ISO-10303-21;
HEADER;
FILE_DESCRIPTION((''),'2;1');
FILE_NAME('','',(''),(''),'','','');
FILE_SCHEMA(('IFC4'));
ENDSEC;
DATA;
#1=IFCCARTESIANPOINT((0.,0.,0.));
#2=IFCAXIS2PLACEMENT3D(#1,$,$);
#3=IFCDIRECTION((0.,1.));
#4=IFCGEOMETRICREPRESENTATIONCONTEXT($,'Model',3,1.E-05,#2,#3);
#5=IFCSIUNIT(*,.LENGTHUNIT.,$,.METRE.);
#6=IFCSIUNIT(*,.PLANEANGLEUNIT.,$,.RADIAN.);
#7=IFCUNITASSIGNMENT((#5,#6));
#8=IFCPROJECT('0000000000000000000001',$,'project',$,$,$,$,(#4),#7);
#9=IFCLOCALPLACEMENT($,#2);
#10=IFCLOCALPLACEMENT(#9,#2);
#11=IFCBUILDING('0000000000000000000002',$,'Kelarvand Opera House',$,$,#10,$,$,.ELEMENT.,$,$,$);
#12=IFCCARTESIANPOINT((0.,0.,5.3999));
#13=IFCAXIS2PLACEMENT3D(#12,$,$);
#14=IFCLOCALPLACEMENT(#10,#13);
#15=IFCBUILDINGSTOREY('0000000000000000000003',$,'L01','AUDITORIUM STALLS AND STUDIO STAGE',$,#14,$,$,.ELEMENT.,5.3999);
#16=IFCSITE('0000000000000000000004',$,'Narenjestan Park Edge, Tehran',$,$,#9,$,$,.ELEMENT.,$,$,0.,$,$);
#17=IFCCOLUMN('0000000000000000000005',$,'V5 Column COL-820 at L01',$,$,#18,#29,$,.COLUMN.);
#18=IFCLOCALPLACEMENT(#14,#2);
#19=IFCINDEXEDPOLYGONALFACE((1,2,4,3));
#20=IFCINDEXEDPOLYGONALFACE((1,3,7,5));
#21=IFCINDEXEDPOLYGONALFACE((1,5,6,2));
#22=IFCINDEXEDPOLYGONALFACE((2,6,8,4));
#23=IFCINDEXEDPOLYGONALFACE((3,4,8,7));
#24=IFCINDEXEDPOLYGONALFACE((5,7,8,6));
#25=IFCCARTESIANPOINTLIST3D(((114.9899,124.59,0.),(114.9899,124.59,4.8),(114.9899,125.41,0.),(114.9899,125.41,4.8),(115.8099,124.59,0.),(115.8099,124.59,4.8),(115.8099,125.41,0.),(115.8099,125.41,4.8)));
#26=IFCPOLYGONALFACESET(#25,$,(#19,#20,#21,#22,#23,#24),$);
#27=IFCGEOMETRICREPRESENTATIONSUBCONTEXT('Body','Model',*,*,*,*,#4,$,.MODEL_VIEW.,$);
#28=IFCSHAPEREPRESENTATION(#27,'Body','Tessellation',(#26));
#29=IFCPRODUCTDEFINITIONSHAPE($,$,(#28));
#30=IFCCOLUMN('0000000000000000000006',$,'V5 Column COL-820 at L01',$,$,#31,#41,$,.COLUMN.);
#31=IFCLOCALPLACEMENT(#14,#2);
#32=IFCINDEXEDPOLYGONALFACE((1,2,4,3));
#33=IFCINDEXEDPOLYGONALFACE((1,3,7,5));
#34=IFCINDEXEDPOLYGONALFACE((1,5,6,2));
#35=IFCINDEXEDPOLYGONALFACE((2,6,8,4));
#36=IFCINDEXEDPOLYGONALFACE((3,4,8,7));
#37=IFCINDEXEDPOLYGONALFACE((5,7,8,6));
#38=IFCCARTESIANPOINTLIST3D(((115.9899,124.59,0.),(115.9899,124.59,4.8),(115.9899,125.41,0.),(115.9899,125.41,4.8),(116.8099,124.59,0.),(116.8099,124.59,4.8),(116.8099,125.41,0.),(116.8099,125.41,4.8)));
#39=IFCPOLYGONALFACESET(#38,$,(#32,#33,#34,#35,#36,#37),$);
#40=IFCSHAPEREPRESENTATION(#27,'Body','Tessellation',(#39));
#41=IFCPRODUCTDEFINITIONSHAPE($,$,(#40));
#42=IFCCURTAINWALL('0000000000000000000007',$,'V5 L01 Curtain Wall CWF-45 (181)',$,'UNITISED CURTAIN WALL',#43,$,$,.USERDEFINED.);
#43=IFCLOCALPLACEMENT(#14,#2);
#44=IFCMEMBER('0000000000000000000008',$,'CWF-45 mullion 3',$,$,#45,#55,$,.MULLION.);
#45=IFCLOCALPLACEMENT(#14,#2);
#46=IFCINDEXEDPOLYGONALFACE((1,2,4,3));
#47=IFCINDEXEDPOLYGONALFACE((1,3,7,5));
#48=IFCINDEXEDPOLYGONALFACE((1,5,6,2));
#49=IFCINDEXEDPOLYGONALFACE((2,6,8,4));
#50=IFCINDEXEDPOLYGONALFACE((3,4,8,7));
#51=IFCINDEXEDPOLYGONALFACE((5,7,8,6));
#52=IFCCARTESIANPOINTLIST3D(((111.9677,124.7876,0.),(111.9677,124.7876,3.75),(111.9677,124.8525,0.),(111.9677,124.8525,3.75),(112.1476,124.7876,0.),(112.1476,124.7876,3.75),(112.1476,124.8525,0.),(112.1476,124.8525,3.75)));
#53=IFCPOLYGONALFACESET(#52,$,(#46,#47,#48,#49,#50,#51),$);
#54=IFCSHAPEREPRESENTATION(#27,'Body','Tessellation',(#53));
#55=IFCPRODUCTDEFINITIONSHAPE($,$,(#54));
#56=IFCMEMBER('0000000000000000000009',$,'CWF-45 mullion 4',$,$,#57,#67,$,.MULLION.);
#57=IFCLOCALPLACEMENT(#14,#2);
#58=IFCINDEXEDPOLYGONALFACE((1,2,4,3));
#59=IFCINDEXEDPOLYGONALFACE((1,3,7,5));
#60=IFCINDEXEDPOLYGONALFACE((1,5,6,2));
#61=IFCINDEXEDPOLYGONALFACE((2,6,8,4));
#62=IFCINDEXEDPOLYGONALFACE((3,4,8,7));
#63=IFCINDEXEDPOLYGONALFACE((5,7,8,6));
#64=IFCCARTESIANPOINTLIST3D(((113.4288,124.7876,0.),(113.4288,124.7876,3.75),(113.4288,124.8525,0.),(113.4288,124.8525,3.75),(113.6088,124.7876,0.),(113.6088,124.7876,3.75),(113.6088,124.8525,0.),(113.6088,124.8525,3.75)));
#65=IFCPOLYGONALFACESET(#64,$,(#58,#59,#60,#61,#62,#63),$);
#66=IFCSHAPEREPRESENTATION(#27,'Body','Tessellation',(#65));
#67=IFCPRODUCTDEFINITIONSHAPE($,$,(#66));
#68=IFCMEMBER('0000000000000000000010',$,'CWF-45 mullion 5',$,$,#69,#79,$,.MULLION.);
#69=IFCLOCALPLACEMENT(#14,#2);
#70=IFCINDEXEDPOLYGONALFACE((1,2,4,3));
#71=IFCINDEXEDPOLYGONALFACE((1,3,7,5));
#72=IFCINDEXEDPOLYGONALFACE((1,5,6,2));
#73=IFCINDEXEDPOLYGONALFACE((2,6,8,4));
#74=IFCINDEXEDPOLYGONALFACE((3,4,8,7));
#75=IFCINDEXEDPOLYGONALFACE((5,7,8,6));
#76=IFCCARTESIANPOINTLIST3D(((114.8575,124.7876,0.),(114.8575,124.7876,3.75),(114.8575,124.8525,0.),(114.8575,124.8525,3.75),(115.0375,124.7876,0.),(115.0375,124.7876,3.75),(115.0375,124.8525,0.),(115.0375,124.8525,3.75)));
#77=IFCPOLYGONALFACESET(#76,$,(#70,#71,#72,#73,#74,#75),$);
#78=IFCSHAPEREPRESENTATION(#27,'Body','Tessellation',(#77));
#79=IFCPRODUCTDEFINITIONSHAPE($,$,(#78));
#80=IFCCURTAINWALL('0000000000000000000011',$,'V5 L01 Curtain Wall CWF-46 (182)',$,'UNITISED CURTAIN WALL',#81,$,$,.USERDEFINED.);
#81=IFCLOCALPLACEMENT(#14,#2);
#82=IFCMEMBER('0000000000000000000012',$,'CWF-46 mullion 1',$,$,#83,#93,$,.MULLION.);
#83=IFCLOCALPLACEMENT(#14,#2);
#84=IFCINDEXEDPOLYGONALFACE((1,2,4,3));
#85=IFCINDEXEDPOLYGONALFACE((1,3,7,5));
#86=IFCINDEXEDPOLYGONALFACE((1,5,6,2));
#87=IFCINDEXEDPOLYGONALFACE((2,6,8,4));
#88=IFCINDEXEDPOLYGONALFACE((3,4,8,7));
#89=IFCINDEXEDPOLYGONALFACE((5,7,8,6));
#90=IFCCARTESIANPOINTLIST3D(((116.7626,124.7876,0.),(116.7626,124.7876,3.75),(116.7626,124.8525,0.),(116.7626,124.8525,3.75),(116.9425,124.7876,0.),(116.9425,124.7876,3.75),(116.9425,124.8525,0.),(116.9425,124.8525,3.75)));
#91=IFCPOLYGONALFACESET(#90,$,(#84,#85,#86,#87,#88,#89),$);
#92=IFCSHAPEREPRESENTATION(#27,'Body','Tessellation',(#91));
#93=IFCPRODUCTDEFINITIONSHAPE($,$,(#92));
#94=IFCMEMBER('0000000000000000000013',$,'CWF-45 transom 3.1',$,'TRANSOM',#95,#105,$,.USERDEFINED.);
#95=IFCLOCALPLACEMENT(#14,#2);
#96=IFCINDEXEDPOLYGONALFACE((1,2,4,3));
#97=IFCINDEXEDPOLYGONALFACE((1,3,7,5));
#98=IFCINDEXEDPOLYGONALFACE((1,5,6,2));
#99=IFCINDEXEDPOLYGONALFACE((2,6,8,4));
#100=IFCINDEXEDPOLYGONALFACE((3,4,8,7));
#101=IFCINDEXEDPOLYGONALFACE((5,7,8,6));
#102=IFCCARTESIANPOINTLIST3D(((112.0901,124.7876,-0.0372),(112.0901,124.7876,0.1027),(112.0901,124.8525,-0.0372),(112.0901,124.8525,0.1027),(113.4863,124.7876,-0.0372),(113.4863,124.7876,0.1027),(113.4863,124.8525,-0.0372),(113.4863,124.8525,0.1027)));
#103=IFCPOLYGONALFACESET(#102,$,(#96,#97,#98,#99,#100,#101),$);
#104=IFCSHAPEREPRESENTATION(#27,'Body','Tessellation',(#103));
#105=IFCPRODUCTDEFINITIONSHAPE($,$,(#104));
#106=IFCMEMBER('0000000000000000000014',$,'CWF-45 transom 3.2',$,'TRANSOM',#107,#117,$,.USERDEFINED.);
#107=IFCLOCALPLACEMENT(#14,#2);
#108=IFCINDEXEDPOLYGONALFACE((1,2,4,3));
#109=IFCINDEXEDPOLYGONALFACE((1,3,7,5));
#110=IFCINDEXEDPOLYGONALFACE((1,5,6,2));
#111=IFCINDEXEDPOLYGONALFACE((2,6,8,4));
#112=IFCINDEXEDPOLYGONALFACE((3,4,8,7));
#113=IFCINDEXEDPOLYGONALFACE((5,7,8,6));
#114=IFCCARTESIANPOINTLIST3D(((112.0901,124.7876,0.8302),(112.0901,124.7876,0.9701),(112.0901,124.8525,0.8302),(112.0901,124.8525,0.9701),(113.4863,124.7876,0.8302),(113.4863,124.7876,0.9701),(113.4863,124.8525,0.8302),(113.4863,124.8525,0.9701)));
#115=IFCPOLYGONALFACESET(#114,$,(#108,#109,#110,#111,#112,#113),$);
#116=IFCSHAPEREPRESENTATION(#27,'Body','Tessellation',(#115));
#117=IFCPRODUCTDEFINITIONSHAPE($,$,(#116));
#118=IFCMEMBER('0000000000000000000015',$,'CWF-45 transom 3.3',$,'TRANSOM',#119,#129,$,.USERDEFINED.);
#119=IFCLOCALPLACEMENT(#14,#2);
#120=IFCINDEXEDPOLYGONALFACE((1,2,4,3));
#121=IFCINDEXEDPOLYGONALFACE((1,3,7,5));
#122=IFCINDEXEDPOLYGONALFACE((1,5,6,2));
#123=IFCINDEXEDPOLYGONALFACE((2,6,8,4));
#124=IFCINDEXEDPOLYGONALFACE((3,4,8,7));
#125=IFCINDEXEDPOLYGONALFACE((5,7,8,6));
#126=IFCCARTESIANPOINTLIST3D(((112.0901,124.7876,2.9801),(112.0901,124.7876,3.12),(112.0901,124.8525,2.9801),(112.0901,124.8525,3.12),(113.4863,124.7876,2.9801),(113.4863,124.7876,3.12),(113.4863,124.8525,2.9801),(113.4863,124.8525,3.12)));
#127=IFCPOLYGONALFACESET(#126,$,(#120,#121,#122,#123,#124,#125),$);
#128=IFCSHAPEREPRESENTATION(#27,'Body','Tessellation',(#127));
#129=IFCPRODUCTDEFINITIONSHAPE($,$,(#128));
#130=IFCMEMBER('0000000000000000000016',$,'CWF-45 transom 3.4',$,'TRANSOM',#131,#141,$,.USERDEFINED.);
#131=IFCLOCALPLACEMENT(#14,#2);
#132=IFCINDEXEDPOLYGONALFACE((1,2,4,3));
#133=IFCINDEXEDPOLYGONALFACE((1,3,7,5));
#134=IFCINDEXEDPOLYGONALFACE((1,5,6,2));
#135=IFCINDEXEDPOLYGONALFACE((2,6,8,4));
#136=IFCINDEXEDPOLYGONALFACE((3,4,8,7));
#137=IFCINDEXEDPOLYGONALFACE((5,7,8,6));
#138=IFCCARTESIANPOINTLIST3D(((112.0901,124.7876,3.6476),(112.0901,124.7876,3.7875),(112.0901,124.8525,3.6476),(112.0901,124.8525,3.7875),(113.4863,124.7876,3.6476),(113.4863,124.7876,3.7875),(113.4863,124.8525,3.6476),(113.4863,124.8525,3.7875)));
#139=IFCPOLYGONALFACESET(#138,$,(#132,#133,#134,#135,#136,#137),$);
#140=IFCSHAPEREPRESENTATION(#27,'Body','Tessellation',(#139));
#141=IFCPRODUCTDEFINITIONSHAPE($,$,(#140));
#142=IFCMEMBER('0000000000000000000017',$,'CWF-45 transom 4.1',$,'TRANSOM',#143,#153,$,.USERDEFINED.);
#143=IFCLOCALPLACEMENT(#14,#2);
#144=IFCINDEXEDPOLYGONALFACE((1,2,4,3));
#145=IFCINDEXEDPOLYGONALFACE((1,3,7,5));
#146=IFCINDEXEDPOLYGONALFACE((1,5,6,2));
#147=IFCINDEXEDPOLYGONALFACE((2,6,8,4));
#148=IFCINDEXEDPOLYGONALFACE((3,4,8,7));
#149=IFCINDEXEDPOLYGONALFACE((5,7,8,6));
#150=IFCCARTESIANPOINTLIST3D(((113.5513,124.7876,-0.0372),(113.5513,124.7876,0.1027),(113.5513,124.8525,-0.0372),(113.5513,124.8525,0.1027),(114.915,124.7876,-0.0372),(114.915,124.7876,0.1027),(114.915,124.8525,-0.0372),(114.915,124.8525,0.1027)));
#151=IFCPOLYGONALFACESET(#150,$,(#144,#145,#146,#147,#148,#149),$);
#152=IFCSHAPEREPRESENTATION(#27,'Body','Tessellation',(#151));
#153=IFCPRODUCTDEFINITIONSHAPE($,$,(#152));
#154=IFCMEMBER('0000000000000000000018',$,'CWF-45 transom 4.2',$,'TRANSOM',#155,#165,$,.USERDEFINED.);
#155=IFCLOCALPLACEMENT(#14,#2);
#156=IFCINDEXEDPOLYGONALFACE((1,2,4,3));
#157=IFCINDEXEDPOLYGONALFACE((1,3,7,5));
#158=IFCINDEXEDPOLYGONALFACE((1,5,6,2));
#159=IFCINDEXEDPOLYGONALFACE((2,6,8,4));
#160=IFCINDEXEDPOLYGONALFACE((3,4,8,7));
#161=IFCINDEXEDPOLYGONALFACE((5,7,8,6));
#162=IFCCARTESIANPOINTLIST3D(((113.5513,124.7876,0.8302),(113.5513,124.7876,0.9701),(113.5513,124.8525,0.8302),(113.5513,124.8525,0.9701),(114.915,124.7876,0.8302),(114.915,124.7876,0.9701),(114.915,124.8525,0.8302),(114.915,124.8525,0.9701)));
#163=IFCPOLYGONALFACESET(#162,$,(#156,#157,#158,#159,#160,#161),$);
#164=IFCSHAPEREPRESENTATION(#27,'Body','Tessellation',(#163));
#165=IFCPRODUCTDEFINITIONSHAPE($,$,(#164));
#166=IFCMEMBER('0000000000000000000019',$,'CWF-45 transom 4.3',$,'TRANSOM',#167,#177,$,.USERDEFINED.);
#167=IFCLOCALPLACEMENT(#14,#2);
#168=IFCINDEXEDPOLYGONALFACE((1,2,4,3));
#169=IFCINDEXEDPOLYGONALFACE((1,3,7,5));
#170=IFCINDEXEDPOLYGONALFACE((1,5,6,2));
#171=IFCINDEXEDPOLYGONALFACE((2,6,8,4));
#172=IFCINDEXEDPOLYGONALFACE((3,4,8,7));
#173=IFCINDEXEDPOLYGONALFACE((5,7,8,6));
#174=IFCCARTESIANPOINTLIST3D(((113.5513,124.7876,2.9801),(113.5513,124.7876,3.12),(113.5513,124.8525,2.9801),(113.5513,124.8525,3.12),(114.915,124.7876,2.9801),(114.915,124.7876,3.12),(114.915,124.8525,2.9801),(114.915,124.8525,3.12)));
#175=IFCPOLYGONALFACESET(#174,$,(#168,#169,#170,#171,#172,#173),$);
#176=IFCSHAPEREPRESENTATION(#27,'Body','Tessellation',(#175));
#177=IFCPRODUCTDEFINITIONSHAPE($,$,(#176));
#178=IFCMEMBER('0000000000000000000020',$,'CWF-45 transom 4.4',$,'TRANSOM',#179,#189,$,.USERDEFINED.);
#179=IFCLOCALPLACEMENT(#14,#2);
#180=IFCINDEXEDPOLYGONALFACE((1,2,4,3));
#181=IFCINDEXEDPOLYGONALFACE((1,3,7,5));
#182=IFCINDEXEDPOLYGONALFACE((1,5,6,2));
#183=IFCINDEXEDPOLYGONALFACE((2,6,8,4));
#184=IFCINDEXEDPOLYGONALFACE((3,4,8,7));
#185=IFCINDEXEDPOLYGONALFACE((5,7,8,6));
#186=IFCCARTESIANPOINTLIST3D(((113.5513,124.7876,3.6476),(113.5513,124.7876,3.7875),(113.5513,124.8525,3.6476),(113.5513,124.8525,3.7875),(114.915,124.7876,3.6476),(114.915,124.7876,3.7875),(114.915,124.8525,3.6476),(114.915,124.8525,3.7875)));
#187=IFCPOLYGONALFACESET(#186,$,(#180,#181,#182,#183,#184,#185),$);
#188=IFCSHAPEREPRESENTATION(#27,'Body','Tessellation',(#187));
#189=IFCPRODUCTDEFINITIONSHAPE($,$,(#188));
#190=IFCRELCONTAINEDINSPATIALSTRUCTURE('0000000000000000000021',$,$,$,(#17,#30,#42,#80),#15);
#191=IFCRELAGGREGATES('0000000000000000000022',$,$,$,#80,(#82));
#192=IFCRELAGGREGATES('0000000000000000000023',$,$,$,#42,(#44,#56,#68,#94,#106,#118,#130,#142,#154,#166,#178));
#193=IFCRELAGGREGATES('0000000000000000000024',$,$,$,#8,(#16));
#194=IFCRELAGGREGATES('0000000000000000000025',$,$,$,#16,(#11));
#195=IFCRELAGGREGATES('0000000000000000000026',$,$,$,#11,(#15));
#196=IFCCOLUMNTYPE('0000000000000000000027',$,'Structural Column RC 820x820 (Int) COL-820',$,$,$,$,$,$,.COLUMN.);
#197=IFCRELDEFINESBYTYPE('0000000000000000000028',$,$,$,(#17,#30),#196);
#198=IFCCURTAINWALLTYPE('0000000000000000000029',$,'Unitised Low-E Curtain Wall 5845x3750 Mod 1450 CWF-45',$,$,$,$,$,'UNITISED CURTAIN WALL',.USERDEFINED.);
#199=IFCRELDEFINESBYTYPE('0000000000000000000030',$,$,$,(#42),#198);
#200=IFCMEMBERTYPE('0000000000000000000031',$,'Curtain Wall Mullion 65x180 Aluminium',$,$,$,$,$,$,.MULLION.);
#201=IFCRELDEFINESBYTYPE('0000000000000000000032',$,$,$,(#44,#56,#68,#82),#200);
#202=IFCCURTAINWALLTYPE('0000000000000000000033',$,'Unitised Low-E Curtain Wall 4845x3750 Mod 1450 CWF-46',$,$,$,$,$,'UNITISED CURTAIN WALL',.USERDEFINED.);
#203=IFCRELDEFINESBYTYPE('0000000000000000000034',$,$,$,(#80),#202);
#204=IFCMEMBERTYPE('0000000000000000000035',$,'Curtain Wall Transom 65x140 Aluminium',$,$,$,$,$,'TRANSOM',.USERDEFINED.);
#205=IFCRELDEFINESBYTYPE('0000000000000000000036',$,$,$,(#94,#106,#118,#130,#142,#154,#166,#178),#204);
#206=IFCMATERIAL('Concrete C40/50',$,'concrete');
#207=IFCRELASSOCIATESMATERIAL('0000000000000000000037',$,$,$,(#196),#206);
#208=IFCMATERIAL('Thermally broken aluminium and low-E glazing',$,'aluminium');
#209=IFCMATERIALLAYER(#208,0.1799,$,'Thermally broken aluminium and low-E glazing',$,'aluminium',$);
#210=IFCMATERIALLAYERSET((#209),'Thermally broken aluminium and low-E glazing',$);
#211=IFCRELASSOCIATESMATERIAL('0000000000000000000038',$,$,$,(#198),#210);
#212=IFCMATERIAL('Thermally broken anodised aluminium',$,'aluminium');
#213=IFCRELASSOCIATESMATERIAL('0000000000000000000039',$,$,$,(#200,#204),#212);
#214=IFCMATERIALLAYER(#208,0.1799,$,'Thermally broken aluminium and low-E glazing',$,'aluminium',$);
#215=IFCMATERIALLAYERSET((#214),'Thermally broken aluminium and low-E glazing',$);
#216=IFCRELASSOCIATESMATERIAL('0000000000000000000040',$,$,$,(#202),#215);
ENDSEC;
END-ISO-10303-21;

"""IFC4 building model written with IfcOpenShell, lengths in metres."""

from ifc_helpers import new_model, si_unit, direction, frame, origin, origin_2d, place, context, subcontext, project, spatial, rectangle, extrude, material, layer, layer_set, material_profile, profile_set, type_object, element, aggregate, save


model = new_model("IFC4")

# Units and contexts
model_context = context("Model", 3, precision=1e-05, world=origin(), true_north=direction((0.0, 1.0)))
body_context = subcontext(model_context, "Body", "Model", "MODEL_VIEW")
ifc_project = project(units=[si_unit("LENGTHUNIT", "METRE"), si_unit("PLANEANGLEUNIT", "RADIAN")], contexts=[model_context])

# Site, building, storey
site_placement = place(None, origin())
site = spatial("IfcSite", under=ifc_project, at=site_placement, Name="Narenjestan Park Edge, Tehran", CompositionType="ELEMENT", RefElevation=0.0)
building_placement = place(site_placement, origin())
building = spatial("IfcBuilding", under=site, at=building_placement, Name="Kelarvand Opera House", CompositionType="ELEMENT")
storey_placement = place(building_placement, frame((0.0, 0.0, 5.3999)))
storey = spatial("IfcBuildingStorey", under=building, at=storey_placement, Name="L01", Description="AUDITORIUM STALLS AND STUDIO STAGE", CompositionType="ELEMENT", Elevation=5.3999)

# Columns
ifc_material_1 = material(Name="Concrete C40/50", Category="concrete")
ifc_material_profile_1 = material_profile(ifc_material_1, rectangle(XDim=0.8201, YDim=0.8201, at=origin_2d()), Name="RC 820x820", Category="concrete")
ifc_profile_set_1 = profile_set([ifc_material_profile_1], Name="Concrete C40/50")
column_type = type_object("IfcColumnType", Name="Structural Column RC 820x820 (Int) COL-820", PredefinedType="COLUMN", material=ifc_profile_set_1)
for number, where, z_axis, x_axis, name in (
    (1, (115.3999, 125.0, 0.0), (0.0, 0.0, 1.0), (1.0, 0.0, 0.0), "V5 Column COL-820 at L01"),
    (2, (116.3999, 125.0, 0.0), (0.0, 0.0, 1.0), (1.0, 0.0, 0.0), "V5 Column COL-820 at L01"),
):
    element("IfcColumn", number, at=place(storey_placement, frame(where, z_axis=z_axis, x_axis=x_axis)), inside=storey, type_object=column_type, Name=name, PredefinedType="COLUMN", context=body_context, shape_type="SweptSolid", body=[
        extrude(rectangle(XDim=0.8201, YDim=0.8201, at=origin_2d()), origin(), (0.0, 0.0, 1.0), 4.8),
    ])

# Curtain wall, members
ifc_material_2 = material(Name="Thermally broken aluminium and low-E glazing", Category="aluminium")
ifc_layer_1 = layer(ifc_material_2, 0.1799, Name="Thermally broken aluminium and low-E glazing", Category="aluminium")
ifc_layer_set_1 = layer_set([ifc_layer_1], Name="Thermally broken aluminium and low-E glazing")
curtain_wall_type_1 = type_object("IfcCurtainWallType", Name="Unitised Low-E Curtain Wall 5845x3750 Mod 1450 CWF-45", ElementType="UNITISED CURTAIN WALL", PredefinedType="USERDEFINED", material=ifc_layer_set_1)
curtain_wall_1_placement = place(storey_placement, origin())
curtain_wall_1 = element("IfcCurtainWall", 3, at=curtain_wall_1_placement, inside=storey, type_object=curtain_wall_type_1, Name="V5 L01 Curtain Wall CWF-45 (181)", ObjectType="UNITISED CURTAIN WALL", PredefinedType="USERDEFINED")
ifc_material_3 = material(Name="Thermally broken anodised aluminium", Category="aluminium")
ifc_material_profile_2 = material_profile(ifc_material_3, rectangle(XDim=0.0649, YDim=0.1799, at=origin_2d()), Name="ALU MULLION 65x180", Category="aluminium")
ifc_profile_set_2 = profile_set([ifc_material_profile_2], Name="Thermally broken anodised aluminium")
member_type_1 = type_object("IfcMemberType", Name="Curtain Wall Mullion 65x180 Aluminium", PredefinedType="MULLION", material=ifc_profile_set_2)
member_1_placement = place(storey_placement, frame((112.0576, 124.8201, 0.0), z_axis=(0.0, 0.0, 1.0), x_axis=(0.0, 1.0, 0.0)))
member_1 = element("IfcMember", 4, at=member_1_placement, type_object=member_type_1, Name="CWF-45 mullion 3", PredefinedType="MULLION", context=body_context, shape_type="SweptSolid", body=[
    extrude(rectangle(XDim=0.0649, YDim=0.1799, at=origin_2d()), origin(), (0.0, 0.0, 1.0), 3.75),
])
member_2_placement = place(storey_placement, frame((113.5188, 124.8201, 0.0), z_axis=(0.0, 0.0, 1.0), x_axis=(0.0, 1.0, 0.0)))
member_2 = element("IfcMember", 5, at=member_2_placement, type_object=member_type_1, Name="CWF-45 mullion 4", PredefinedType="MULLION", context=body_context, shape_type="SweptSolid", body=[
    extrude(rectangle(XDim=0.0649, YDim=0.1799, at=origin_2d()), origin(), (0.0, 0.0, 1.0), 3.75),
])
member_3_placement = place(storey_placement, frame((114.9475, 124.8201, 0.0), z_axis=(0.0, 0.0, 1.0), x_axis=(0.0, 1.0, 0.0)))
member_3 = element("IfcMember", 6, at=member_3_placement, type_object=member_type_1, Name="CWF-45 mullion 5", PredefinedType="MULLION", context=body_context, shape_type="SweptSolid", body=[
    extrude(rectangle(XDim=0.0649, YDim=0.1799, at=origin_2d()), origin(), (0.0, 0.0, 1.0), 3.75),
])

# Curtain wall, member
ifc_layer_2 = layer(ifc_material_2, 0.1799, Name="Thermally broken aluminium and low-E glazing", Category="aluminium")
ifc_layer_set_2 = layer_set([ifc_layer_2], Name="Thermally broken aluminium and low-E glazing")
curtain_wall_type_2 = type_object("IfcCurtainWallType", Name="Unitised Low-E Curtain Wall 4845x3750 Mod 1450 CWF-46", ElementType="UNITISED CURTAIN WALL", PredefinedType="USERDEFINED", material=ifc_layer_set_2)
curtain_wall_2_placement = place(storey_placement, origin())
curtain_wall_2 = element("IfcCurtainWall", 7, at=curtain_wall_2_placement, inside=storey, type_object=curtain_wall_type_2, Name="V5 L01 Curtain Wall CWF-46 (182)", ObjectType="UNITISED CURTAIN WALL", PredefinedType="USERDEFINED")
member_4_placement = place(storey_placement, frame((116.8525, 124.8201, 0.0), z_axis=(0.0, 0.0, 1.0), x_axis=(0.0, 1.0, 0.0)))
member_4 = element("IfcMember", 8, at=member_4_placement, type_object=member_type_1, Name="CWF-46 mullion 1", PredefinedType="MULLION", context=body_context, shape_type="SweptSolid", body=[
    extrude(rectangle(XDim=0.0649, YDim=0.1799, at=origin_2d()), origin(), (0.0, 0.0, 1.0), 3.75),
])

# Members
ifc_material_profile_3 = material_profile(ifc_material_3, rectangle(XDim=0.0649, YDim=0.1399, at=origin_2d()), Name="ALU TRANSOM 65x140", Category="aluminium")
ifc_profile_set_3 = profile_set([ifc_material_profile_3], Name="Thermally broken anodised aluminium")
member_type_2 = type_object("IfcMemberType", Name="Curtain Wall Transom 65x140 Aluminium", ElementType="TRANSOM", PredefinedType="USERDEFINED", material=ifc_profile_set_3)
member_5_placement = place(storey_placement, frame((112.0901, 124.8201, 0.0327), z_axis=(1.0, 0.0, 0.0), x_axis=(0.0, 1.0, 0.0)))
member_5 = element("IfcMember", 9, at=member_5_placement, type_object=member_type_2, Name="CWF-45 transom 3.1", ObjectType="TRANSOM", PredefinedType="USERDEFINED", context=body_context, shape_type="SweptSolid", body=[
    extrude(rectangle(XDim=0.0649, YDim=0.1399, at=origin_2d()), origin(), (0.0, 0.0, 1.0), 1.3962),
])
member_6_placement = place(storey_placement, frame((112.0901, 124.8201, 0.9001), z_axis=(1.0, 0.0, 0.0), x_axis=(0.0, 1.0, 0.0)))
member_6 = element("IfcMember", 10, at=member_6_placement, type_object=member_type_2, Name="CWF-45 transom 3.2", ObjectType="TRANSOM", PredefinedType="USERDEFINED", context=body_context, shape_type="SweptSolid", body=[
    extrude(rectangle(XDim=0.0649, YDim=0.1399, at=origin_2d()), origin(), (0.0, 0.0, 1.0), 1.3962),
])
member_7_placement = place(storey_placement, frame((112.0901, 124.8201, 3.05), z_axis=(1.0, 0.0, 0.0), x_axis=(0.0, 1.0, 0.0)))
member_7 = element("IfcMember", 11, at=member_7_placement, type_object=member_type_2, Name="CWF-45 transom 3.3", ObjectType="TRANSOM", PredefinedType="USERDEFINED", context=body_context, shape_type="SweptSolid", body=[
    extrude(rectangle(XDim=0.0649, YDim=0.1399, at=origin_2d()), origin(), (0.0, 0.0, 1.0), 1.3962),
])
member_8_placement = place(storey_placement, frame((112.0901, 124.8201, 3.7175), z_axis=(1.0, 0.0, 0.0), x_axis=(0.0, 1.0, 0.0)))
member_8 = element("IfcMember", 12, at=member_8_placement, type_object=member_type_2, Name="CWF-45 transom 3.4", ObjectType="TRANSOM", PredefinedType="USERDEFINED", context=body_context, shape_type="SweptSolid", body=[
    extrude(rectangle(XDim=0.0649, YDim=0.1399, at=origin_2d()), origin(), (0.0, 0.0, 1.0), 1.3962),
])
member_9_placement = place(storey_placement, frame((113.5513, 124.8201, 0.0327), z_axis=(1.0, 0.0, 0.0), x_axis=(0.0, 1.0, 0.0)))
member_9 = element("IfcMember", 13, at=member_9_placement, type_object=member_type_2, Name="CWF-45 transom 4.1", ObjectType="TRANSOM", PredefinedType="USERDEFINED", context=body_context, shape_type="SweptSolid", body=[
    extrude(rectangle(XDim=0.0649, YDim=0.1399, at=origin_2d()), origin(), (0.0, 0.0, 1.0), 1.3638),
])
member_10_placement = place(storey_placement, frame((113.5513, 124.8201, 0.9001), z_axis=(1.0, 0.0, 0.0), x_axis=(0.0, 1.0, 0.0)))
member_10 = element("IfcMember", 14, at=member_10_placement, type_object=member_type_2, Name="CWF-45 transom 4.2", ObjectType="TRANSOM", PredefinedType="USERDEFINED", context=body_context, shape_type="SweptSolid", body=[
    extrude(rectangle(XDim=0.0649, YDim=0.1399, at=origin_2d()), origin(), (0.0, 0.0, 1.0), 1.3638),
])
member_11_placement = place(storey_placement, frame((113.5513, 124.8201, 3.05), z_axis=(1.0, 0.0, 0.0), x_axis=(0.0, 1.0, 0.0)))
member_11 = element("IfcMember", 15, at=member_11_placement, type_object=member_type_2, Name="CWF-45 transom 4.3", ObjectType="TRANSOM", PredefinedType="USERDEFINED", context=body_context, shape_type="SweptSolid", body=[
    extrude(rectangle(XDim=0.0649, YDim=0.1399, at=origin_2d()), origin(), (0.0, 0.0, 1.0), 1.3638),
])
member_12_placement = place(storey_placement, frame((113.5513, 124.8201, 3.7175), z_axis=(1.0, 0.0, 0.0), x_axis=(0.0, 1.0, 0.0)))
member_12 = element("IfcMember", 16, at=member_12_placement, type_object=member_type_2, Name="CWF-45 transom 4.4", ObjectType="TRANSOM", PredefinedType="USERDEFINED", context=body_context, shape_type="SweptSolid", body=[
    extrude(rectangle(XDim=0.0649, YDim=0.1399, at=origin_2d()), origin(), (0.0, 0.0, 1.0), 1.3638),
])
aggregate(curtain_wall_2, [member_4])

aggregate(curtain_wall_1, [member_1, member_2, member_3, member_5, member_6, member_7, member_8, member_9, member_10, member_11, member_12])

save(model, "model.ifc")
